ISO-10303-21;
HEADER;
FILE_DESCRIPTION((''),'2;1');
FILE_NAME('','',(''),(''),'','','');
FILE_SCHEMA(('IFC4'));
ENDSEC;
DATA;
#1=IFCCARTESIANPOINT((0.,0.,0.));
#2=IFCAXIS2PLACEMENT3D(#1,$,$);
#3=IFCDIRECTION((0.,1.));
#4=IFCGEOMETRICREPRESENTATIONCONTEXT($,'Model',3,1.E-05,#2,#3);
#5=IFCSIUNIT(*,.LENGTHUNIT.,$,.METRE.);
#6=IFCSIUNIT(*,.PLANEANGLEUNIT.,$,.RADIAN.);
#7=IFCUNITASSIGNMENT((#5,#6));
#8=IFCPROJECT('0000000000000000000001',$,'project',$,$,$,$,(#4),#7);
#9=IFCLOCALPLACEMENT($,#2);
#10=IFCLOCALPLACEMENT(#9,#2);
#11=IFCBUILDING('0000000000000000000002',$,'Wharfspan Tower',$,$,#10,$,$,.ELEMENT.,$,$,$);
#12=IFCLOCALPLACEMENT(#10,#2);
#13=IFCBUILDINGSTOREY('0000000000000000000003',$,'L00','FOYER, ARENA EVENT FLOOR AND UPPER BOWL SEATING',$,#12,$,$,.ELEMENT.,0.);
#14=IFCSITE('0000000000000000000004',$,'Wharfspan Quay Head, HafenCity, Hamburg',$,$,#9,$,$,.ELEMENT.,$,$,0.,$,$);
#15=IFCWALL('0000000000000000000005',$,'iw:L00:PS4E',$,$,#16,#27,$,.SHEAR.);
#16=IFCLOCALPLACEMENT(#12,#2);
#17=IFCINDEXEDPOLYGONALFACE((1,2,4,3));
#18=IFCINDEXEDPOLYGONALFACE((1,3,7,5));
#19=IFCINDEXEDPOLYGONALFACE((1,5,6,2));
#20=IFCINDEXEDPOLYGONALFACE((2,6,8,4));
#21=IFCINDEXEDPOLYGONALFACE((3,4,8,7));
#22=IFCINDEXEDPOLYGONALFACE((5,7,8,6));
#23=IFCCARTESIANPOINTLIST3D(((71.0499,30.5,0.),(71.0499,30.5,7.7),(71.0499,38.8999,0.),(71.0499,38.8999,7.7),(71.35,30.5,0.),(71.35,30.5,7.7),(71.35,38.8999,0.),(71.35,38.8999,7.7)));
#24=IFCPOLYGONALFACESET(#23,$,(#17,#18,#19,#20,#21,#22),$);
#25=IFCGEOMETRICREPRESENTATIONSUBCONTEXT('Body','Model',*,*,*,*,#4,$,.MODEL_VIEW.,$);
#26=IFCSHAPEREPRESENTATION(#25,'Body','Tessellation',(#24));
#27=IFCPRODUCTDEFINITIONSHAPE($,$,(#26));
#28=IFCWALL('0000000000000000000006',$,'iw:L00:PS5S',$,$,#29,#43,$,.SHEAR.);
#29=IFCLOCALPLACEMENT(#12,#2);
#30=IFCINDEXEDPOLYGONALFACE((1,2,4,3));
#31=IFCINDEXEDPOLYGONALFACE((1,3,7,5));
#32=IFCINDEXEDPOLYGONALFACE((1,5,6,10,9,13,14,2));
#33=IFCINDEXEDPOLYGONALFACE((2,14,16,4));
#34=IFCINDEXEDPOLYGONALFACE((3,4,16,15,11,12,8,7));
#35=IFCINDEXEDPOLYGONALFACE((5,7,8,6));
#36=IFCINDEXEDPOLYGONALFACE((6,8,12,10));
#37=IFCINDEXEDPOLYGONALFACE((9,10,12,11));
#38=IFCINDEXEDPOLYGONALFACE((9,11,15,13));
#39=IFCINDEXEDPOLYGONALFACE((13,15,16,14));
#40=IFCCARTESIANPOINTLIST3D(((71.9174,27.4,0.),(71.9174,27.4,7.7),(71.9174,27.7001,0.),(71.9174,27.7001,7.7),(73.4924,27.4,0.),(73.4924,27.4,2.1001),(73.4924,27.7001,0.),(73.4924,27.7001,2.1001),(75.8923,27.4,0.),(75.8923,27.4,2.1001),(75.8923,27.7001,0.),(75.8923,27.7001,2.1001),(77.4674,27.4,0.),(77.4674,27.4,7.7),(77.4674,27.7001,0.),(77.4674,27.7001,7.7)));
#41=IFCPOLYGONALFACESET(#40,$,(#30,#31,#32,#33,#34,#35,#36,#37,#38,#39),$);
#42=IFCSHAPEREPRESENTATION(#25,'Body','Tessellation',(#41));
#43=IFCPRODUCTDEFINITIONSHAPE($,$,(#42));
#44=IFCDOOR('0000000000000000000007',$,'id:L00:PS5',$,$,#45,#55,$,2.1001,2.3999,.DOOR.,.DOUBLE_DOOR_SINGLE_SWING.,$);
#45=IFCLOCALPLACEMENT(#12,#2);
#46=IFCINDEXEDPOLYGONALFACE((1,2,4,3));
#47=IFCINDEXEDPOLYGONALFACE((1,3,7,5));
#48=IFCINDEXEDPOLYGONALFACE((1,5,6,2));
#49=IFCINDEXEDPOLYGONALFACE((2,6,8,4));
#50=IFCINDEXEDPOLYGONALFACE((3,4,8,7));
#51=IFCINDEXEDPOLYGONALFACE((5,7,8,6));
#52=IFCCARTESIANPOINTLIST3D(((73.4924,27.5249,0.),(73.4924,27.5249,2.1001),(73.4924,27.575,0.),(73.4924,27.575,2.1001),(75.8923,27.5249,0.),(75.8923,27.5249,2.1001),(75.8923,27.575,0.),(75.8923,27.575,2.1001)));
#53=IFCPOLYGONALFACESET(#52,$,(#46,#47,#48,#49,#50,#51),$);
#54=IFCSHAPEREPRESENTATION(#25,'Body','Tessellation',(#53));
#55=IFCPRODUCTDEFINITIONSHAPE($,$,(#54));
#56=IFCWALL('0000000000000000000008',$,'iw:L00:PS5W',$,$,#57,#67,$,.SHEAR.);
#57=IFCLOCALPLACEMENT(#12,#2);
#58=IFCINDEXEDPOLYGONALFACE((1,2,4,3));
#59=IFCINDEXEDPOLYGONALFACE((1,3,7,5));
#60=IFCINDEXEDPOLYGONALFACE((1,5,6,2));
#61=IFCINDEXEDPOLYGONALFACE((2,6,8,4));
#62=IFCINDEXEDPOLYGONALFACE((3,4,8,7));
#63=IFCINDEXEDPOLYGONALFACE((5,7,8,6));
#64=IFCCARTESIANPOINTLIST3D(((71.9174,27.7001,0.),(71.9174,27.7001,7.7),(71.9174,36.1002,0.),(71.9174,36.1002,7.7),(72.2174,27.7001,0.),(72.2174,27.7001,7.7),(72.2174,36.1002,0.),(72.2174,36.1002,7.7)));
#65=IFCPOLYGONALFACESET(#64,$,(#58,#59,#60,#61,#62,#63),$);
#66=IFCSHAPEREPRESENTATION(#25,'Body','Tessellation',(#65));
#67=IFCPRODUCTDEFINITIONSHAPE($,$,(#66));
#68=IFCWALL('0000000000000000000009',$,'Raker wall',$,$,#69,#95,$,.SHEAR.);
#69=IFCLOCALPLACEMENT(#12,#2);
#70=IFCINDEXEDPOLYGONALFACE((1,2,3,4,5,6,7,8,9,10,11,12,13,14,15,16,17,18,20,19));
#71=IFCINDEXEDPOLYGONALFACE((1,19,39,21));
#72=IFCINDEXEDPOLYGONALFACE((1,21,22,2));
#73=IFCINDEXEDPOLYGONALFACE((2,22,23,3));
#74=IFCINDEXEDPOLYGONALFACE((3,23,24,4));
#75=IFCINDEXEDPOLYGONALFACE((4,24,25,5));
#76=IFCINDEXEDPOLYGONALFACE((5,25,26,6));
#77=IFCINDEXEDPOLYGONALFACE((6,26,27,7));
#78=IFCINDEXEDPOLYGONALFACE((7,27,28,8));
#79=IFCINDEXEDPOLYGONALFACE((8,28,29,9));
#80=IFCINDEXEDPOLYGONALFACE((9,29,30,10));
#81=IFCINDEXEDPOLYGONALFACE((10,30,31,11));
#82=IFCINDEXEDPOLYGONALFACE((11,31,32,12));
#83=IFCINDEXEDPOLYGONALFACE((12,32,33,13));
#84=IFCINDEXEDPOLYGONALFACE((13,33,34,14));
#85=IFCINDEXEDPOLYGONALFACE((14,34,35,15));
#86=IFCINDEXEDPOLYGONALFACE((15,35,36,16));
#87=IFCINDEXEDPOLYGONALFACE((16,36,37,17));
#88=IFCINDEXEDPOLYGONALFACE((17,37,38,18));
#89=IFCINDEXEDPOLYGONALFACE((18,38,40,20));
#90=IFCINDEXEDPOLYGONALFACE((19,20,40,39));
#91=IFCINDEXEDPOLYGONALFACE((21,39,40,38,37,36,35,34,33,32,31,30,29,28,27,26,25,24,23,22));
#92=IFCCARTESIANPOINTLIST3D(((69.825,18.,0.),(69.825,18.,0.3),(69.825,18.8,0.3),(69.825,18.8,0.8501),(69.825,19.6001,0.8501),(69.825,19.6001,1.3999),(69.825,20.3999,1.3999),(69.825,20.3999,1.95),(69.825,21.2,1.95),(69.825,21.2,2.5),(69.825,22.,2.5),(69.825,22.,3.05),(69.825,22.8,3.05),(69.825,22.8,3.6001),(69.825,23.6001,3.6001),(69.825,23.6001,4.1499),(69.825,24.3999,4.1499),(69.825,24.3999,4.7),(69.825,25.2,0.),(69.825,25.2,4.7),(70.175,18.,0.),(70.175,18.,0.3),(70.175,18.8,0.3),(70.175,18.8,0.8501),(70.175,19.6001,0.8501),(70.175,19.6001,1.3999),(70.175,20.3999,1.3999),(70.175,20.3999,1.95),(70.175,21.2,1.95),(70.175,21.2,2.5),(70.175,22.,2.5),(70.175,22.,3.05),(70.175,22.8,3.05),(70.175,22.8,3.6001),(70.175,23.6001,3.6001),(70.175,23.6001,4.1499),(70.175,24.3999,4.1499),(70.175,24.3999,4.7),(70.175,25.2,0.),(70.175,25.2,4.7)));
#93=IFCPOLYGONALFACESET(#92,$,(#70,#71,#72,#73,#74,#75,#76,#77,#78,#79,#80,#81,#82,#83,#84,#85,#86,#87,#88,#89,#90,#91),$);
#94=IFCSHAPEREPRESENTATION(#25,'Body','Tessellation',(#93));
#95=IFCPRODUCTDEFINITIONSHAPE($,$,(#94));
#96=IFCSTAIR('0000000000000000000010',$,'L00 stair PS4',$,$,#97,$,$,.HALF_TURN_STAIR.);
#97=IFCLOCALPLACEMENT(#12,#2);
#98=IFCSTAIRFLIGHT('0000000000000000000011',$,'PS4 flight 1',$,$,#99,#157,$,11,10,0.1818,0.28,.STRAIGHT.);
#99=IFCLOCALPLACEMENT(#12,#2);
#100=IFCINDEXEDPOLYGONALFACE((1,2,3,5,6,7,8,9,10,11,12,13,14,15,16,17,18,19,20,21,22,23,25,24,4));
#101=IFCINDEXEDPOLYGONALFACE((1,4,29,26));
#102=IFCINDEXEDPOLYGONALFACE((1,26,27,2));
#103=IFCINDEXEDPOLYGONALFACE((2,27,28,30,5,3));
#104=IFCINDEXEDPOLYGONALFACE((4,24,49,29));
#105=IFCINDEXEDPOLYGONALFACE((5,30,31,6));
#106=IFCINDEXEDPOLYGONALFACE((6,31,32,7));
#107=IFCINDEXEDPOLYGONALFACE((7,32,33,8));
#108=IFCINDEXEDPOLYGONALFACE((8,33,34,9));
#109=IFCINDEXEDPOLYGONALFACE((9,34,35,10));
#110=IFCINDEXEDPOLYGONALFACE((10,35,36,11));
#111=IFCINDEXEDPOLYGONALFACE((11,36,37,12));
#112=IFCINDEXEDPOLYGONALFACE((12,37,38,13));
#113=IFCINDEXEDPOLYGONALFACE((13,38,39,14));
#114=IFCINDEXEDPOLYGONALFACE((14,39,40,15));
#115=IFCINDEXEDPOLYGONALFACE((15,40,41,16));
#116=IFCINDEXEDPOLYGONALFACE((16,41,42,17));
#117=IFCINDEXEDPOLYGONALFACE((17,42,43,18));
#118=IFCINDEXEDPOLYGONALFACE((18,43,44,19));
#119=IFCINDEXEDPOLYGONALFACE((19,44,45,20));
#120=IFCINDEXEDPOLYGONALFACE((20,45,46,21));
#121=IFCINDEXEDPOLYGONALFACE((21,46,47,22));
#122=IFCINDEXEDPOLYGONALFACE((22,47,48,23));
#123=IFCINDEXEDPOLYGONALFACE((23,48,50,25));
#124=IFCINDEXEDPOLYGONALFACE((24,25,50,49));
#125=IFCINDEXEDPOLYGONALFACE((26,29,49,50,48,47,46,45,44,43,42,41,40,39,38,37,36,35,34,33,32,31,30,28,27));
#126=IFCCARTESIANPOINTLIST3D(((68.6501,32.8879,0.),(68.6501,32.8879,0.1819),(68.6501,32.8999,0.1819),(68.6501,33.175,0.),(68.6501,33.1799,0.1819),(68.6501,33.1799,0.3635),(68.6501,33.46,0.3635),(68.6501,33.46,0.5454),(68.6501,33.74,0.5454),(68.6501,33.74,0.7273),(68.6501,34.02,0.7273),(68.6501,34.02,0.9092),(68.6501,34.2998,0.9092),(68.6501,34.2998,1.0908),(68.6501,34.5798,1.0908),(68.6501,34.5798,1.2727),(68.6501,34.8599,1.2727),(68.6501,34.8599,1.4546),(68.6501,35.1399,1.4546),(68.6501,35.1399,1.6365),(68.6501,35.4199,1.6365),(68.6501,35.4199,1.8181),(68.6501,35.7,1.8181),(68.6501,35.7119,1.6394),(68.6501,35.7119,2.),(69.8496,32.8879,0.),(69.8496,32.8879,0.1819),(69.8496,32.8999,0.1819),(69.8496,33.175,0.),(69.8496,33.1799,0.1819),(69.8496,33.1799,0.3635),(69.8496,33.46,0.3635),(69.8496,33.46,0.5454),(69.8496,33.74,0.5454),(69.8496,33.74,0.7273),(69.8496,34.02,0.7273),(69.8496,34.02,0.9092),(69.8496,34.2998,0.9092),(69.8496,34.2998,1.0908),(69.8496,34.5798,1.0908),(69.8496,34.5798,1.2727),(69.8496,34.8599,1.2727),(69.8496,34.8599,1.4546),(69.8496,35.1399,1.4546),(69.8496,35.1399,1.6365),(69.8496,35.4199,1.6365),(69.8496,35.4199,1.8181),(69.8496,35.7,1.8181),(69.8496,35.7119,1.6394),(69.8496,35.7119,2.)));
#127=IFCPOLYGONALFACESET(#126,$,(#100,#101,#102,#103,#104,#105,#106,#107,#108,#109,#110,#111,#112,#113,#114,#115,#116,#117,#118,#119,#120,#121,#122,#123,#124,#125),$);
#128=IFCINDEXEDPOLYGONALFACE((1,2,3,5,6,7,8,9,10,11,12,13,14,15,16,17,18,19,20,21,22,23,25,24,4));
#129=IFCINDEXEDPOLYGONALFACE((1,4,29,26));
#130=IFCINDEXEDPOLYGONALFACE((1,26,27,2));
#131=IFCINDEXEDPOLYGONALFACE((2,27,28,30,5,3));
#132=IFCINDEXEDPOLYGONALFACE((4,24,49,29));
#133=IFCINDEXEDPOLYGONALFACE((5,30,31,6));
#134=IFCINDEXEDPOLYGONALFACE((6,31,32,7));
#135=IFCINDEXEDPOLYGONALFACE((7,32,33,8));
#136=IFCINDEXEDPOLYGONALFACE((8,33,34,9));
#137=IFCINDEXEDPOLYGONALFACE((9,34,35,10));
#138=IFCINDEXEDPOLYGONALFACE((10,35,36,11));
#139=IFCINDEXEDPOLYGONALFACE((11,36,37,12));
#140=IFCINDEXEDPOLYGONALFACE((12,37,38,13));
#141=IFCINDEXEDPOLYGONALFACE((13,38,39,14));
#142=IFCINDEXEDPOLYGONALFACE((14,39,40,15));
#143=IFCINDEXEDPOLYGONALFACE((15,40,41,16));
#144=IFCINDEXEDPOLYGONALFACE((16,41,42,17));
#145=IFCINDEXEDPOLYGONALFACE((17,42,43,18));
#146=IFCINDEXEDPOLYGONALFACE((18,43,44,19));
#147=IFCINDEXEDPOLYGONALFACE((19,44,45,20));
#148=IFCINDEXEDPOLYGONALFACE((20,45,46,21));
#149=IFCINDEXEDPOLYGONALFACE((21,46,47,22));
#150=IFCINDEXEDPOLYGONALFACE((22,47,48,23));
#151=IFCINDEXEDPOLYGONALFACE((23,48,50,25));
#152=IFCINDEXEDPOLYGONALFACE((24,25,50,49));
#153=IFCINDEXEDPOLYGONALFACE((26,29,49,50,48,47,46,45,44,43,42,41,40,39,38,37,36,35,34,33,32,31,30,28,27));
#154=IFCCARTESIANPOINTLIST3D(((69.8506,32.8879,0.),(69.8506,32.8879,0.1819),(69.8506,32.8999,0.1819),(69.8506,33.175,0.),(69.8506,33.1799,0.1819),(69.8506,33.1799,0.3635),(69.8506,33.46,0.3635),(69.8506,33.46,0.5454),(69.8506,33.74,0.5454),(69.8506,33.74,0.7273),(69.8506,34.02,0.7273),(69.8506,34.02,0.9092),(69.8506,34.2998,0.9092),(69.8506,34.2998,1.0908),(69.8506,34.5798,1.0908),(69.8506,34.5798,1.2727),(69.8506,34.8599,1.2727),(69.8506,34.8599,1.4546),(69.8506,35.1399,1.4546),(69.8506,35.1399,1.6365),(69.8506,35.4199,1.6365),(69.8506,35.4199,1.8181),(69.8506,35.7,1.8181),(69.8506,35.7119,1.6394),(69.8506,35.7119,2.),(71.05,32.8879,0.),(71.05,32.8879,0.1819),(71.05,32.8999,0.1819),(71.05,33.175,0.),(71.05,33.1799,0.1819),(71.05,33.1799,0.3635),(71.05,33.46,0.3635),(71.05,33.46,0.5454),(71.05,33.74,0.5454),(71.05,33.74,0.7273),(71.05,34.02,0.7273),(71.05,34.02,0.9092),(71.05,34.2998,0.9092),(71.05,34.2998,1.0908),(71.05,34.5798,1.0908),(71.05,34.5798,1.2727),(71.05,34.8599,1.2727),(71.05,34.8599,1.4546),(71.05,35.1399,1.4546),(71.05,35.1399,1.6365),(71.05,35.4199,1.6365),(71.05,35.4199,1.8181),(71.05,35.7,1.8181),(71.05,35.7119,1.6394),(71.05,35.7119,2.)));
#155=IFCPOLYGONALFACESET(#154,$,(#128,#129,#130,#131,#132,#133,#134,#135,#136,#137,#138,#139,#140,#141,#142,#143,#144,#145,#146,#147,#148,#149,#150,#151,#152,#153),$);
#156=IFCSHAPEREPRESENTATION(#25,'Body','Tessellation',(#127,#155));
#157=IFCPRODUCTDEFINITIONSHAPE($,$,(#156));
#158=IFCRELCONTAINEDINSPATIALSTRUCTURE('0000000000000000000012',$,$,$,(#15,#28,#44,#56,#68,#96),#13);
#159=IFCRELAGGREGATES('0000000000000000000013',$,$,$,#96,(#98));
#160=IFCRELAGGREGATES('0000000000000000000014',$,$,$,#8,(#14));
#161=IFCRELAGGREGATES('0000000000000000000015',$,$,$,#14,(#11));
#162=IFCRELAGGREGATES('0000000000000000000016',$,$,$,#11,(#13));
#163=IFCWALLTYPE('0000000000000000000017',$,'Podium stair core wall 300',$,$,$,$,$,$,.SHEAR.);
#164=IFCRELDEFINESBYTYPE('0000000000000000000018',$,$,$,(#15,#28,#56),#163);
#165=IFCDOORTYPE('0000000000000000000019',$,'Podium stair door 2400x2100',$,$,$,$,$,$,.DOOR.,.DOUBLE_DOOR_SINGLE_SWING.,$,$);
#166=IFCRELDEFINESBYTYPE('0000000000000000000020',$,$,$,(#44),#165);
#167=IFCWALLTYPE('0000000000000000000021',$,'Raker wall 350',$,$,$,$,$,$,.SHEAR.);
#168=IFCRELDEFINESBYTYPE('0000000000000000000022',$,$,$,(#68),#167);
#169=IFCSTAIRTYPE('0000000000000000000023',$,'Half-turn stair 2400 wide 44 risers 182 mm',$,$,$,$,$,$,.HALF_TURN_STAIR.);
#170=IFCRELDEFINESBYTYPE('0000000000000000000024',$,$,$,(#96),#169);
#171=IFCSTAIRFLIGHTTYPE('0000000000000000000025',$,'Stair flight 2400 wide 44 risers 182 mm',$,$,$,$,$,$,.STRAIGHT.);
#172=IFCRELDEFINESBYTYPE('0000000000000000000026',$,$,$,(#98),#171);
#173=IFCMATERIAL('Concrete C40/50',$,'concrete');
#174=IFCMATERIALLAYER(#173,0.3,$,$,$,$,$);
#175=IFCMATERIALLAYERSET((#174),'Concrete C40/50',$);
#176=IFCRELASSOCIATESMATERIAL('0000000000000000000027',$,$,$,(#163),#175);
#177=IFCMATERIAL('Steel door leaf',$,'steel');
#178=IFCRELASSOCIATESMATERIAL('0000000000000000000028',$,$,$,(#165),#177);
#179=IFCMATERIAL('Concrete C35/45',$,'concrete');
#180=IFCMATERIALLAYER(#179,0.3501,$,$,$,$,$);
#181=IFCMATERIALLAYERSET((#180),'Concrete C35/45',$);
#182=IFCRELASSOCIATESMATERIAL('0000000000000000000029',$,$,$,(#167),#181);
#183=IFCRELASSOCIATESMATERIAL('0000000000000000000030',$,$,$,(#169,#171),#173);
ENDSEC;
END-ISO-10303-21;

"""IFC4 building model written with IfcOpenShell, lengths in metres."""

from ifc_helpers import new_model, si_unit, direction, frame, frame_2d, origin, place, context, subcontext, project, spatial, polyline, rectangle, outline, extrude, material, layer, layer_set, type_object, element, fill, aggregate, save


model = new_model("IFC4")

# Units and contexts
model_context = context("Model", 3, precision=1e-05, world=origin(), true_north=direction((0.0, 1.0)))
body_context = subcontext(model_context, "Body", "Model", "MODEL_VIEW")
ifc_project = project(units=[si_unit("LENGTHUNIT", "METRE"), si_unit("PLANEANGLEUNIT", "RADIAN")], contexts=[model_context])

# Site, building, storey
site_placement = place(None, origin())
site = spatial("IfcSite", under=ifc_project, at=site_placement, Name="Wharfspan Quay Head, HafenCity, Hamburg", CompositionType="ELEMENT", RefElevation=0.0)
building_placement = place(site_placement, origin())
building = spatial("IfcBuilding", under=site, at=building_placement, Name="Wharfspan Tower", CompositionType="ELEMENT")
storey_placement = place(building_placement, origin())
storey = spatial("IfcBuildingStorey", under=building, at=storey_placement, Name="L00", Description="FOYER, ARENA EVENT FLOOR AND UPPER BOWL SEATING", CompositionType="ELEMENT", Elevation=0.0)

# Shared definitions
ifc_material_1 = material(Name="Concrete C40/50", Category="concrete")
ifc_layer_1 = layer(ifc_material_1, 0.3)
ifc_layer_set_1 = layer_set([ifc_layer_1], Name="Concrete C40/50")
wall_type_1 = type_object("IfcWallType", Name="Podium stair core wall 300", PredefinedType="SHEAR", material=ifc_layer_set_1)
ifc_material_2 = material(Name="Steel door leaf", Category="steel")
door_type = type_object("IfcDoorType", Name="Podium stair door 2400x2100", OperationType="DOUBLE_DOOR_SINGLE_SWING", PredefinedType="DOOR", material=ifc_material_2)

# Wall
for number, where, z_axis, x_axis, name in (
    (1, (71.2, 30.5, 0.0), (0.0, 0.0, 1.0), (0.0, 1.0, 0.0), "iw:L00:PS4E"),
):
    element("IfcWall", number, at=place(storey_placement, frame(where, z_axis=z_axis, x_axis=x_axis)), inside=storey, type_object=wall_type_1, Name=name, PredefinedType="SHEAR", context=body_context, shape_type="SweptSolid", body=[
        extrude(rectangle(XDim=8.3999, YDim=0.3, at=frame_2d((4.2, 0.0))), origin(), (0.0, 0.0, 1.0), 7.7),
    ])

# Wall, opening, door
wall_1_placement = place(storey_placement, frame((71.9175, 27.55, 0.0), z_axis=(0.0, 0.0, 1.0), x_axis=(1.0, 0.0, 0.0)))
wall_1 = element("IfcWall", 2, at=wall_1_placement, inside=storey, type_object=wall_type_1, Name="iw:L00:PS5S", PredefinedType="SHEAR", context=body_context, shape_type="SweptSolid", body=[
    extrude(rectangle(XDim=5.55, YDim=0.3, at=frame_2d((2.7749, 0.0))), origin(), (0.0, 0.0, 1.0), 7.7),
])
opening_1_placement = place(wall_1_placement, frame((1.575, 0.0, 0.0)))
opening_1 = element("IfcOpeningElement", 3, at=opening_1_placement, cuts=wall_1, PredefinedType="OPENING", context=body_context, shape_type="SweptSolid", body=[
    extrude(rectangle(XDim=2.3999, YDim=2.1001, at=frame_2d((1.2, 1.05))), frame((0.0, 0.1599, 0.0), z_axis=(0.0, -1.0, 0.0), x_axis=(1.0, 0.0, 0.0)), (0.0, 0.0, 1.0), 0.3201),
])
door_1_placement = place(opening_1_placement, origin())
door_1 = element("IfcDoor", 4, at=door_1_placement, inside=storey, type_object=door_type, Name="id:L00:PS5", OperationType="DOUBLE_DOOR_SINGLE_SWING", OverallHeight=2.1001, OverallWidth=2.3999, PredefinedType="DOOR", context=body_context, shape_type="SweptSolid", body=[
    extrude(rectangle(XDim=2.3999, YDim=2.1001, at=frame_2d((1.2, 1.05))), frame((0.0, 0.0249, 0.0), z_axis=(0.0, -1.0, 0.0), x_axis=(1.0, 0.0, 0.0)), (0.0, 0.0, 1.0), 0.05),
])
fill(opening_1, door_1)

# Walls
wall_2_placement = place(storey_placement, frame((72.0674, 27.7, 0.0), z_axis=(0.0, 0.0, 1.0), x_axis=(0.0, 1.0, 0.0)))
element("IfcWall", 5, at=wall_2_placement, inside=storey, type_object=wall_type_1, Name="iw:L00:PS5W", PredefinedType="SHEAR", context=body_context, shape_type="SweptSolid", body=[
    extrude(rectangle(XDim=8.4001, YDim=0.3, at=frame_2d((4.2002, 0.0))), origin(), (0.0, 0.0, 1.0), 7.7),
])
ifc_material_3 = material(Name="Concrete C35/45", Category="concrete")
ifc_layer_2 = layer(ifc_material_3, 0.3501)
ifc_layer_set_2 = layer_set([ifc_layer_2], Name="Concrete C35/45")
wall_type_2 = type_object("IfcWallType", Name="Raker wall 350", PredefinedType="SHEAR", material=ifc_layer_set_2)
wall_3_placement = place(storey_placement, frame((70.0, 18.0, 0.0), z_axis=(0.0, 0.0, 1.0), x_axis=(0.0, 1.0, 0.0)))
element("IfcWall", 6, at=wall_3_placement, inside=storey, type_object=wall_type_2, Name="Raker wall", PredefinedType="SHEAR", context=body_context, shape_type="SweptSolid", body=[
    extrude(outline(polyline([(0.0, 0.0), (7.2, 0.0), (7.2, 4.7), (6.3999, 4.7), (6.3999, 4.1499), (5.6001, 4.1499), (5.6001, 3.6001), (4.8, 3.6001), (4.8, 3.05), (4.0, 3.05), (4.0, 2.5), (3.2, 2.5), (3.2, 1.95), (2.3999, 1.95), (2.3999, 1.3999), (1.6001, 1.3999), (1.6001, 0.8501), (0.8, 0.8501), (0.8, 0.3), (0.0, 0.3), (0.0, 0.0)])), frame((0.0, 0.175, 0.0), z_axis=(0.0, -1.0, 0.0), x_axis=(1.0, 0.0, 0.0)), (0.0, 0.0, 1.0), 0.3501),
])

# Stair, stair flight
stair_type = type_object("IfcStairType", Name="Half-turn stair 2400 wide 44 risers 182 mm", PredefinedType="HALF_TURN_STAIR", material=ifc_material_1)
stair_1_placement = place(storey_placement, origin())
stair_1 = element("IfcStair", 7, at=stair_1_placement, inside=storey, type_object=stair_type, Name="L00 stair PS4", PredefinedType="HALF_TURN_STAIR")
stair_flight_type = type_object("IfcStairFlightType", Name="Stair flight 2400 wide 44 risers 182 mm", PredefinedType="STRAIGHT", material=ifc_material_1)
stair_flight_1_placement = place(storey_placement, frame((69.8501, 32.8999, 0.0), z_axis=(0.0, 0.0, 1.0), x_axis=(0.0, 1.0, 0.0)))
stair_flight_1 = element("IfcStairFlight", 8, at=stair_flight_1_placement, type_object=stair_flight_type, Name="PS4 flight 1", NumberOfRisers=11, NumberOfTreads=10, PredefinedType="STRAIGHT", RiserHeight=0.1818, TreadLength=0.28, context=body_context, shape_type="SweptSolid", body=[
    extrude(outline(polyline([(-0.012, 0.0), (-0.012, 0.1819), (0.0, 0.1819), (0.28, 0.1819), (0.28, 0.3635), (0.5601, 0.3635), (0.5601, 0.5454), (0.8401, 0.5454), (0.8401, 0.7273), (1.1201, 0.7273), (1.1201, 0.9092), (1.3999, 0.9092), (1.3999, 1.0908), (1.6799, 1.0908), (1.6799, 1.2727), (1.96, 1.2727), (1.96, 1.4546), (2.24, 1.4546), (2.24, 1.6365), (2.52, 1.6365), (2.52, 1.8181), (2.8, 1.8181), (2.812, 2.0), (2.812, 1.6394), (0.2751, 0.0), (-0.012, 0.0)])), frame((0.0, 1.2, 0.0), z_axis=(0.0, -1.0, 0.0), x_axis=(1.0, 0.0, 0.0)), (0.0, 0.0, 1.0), 1.1995),
    extrude(outline(polyline([(-0.012, 0.0), (-0.012, 0.1819), (0.0, 0.1819), (0.28, 0.1819), (0.28, 0.3635), (0.5601, 0.3635), (0.5601, 0.5454), (0.8401, 0.5454), (0.8401, 0.7273), (1.1201, 0.7273), (1.1201, 0.9092), (1.3999, 0.9092), (1.3999, 1.0908), (1.6799, 1.0908), (1.6799, 1.2727), (1.96, 1.2727), (1.96, 1.4546), (2.24, 1.4546), (2.24, 1.6365), (2.52, 1.6365), (2.52, 1.8181), (2.8, 1.8181), (2.812, 2.0), (2.812, 1.6394), (0.2751, 0.0), (-0.012, 0.0)])), frame((0.0, -0.0005, 0.0), z_axis=(0.0, -1.0, 0.0), x_axis=(1.0, 0.0, 0.0)), (0.0, 0.0, 1.0), 1.1995),
])
aggregate(stair_1, [stair_flight_1])

save(model, "model.ifc")
